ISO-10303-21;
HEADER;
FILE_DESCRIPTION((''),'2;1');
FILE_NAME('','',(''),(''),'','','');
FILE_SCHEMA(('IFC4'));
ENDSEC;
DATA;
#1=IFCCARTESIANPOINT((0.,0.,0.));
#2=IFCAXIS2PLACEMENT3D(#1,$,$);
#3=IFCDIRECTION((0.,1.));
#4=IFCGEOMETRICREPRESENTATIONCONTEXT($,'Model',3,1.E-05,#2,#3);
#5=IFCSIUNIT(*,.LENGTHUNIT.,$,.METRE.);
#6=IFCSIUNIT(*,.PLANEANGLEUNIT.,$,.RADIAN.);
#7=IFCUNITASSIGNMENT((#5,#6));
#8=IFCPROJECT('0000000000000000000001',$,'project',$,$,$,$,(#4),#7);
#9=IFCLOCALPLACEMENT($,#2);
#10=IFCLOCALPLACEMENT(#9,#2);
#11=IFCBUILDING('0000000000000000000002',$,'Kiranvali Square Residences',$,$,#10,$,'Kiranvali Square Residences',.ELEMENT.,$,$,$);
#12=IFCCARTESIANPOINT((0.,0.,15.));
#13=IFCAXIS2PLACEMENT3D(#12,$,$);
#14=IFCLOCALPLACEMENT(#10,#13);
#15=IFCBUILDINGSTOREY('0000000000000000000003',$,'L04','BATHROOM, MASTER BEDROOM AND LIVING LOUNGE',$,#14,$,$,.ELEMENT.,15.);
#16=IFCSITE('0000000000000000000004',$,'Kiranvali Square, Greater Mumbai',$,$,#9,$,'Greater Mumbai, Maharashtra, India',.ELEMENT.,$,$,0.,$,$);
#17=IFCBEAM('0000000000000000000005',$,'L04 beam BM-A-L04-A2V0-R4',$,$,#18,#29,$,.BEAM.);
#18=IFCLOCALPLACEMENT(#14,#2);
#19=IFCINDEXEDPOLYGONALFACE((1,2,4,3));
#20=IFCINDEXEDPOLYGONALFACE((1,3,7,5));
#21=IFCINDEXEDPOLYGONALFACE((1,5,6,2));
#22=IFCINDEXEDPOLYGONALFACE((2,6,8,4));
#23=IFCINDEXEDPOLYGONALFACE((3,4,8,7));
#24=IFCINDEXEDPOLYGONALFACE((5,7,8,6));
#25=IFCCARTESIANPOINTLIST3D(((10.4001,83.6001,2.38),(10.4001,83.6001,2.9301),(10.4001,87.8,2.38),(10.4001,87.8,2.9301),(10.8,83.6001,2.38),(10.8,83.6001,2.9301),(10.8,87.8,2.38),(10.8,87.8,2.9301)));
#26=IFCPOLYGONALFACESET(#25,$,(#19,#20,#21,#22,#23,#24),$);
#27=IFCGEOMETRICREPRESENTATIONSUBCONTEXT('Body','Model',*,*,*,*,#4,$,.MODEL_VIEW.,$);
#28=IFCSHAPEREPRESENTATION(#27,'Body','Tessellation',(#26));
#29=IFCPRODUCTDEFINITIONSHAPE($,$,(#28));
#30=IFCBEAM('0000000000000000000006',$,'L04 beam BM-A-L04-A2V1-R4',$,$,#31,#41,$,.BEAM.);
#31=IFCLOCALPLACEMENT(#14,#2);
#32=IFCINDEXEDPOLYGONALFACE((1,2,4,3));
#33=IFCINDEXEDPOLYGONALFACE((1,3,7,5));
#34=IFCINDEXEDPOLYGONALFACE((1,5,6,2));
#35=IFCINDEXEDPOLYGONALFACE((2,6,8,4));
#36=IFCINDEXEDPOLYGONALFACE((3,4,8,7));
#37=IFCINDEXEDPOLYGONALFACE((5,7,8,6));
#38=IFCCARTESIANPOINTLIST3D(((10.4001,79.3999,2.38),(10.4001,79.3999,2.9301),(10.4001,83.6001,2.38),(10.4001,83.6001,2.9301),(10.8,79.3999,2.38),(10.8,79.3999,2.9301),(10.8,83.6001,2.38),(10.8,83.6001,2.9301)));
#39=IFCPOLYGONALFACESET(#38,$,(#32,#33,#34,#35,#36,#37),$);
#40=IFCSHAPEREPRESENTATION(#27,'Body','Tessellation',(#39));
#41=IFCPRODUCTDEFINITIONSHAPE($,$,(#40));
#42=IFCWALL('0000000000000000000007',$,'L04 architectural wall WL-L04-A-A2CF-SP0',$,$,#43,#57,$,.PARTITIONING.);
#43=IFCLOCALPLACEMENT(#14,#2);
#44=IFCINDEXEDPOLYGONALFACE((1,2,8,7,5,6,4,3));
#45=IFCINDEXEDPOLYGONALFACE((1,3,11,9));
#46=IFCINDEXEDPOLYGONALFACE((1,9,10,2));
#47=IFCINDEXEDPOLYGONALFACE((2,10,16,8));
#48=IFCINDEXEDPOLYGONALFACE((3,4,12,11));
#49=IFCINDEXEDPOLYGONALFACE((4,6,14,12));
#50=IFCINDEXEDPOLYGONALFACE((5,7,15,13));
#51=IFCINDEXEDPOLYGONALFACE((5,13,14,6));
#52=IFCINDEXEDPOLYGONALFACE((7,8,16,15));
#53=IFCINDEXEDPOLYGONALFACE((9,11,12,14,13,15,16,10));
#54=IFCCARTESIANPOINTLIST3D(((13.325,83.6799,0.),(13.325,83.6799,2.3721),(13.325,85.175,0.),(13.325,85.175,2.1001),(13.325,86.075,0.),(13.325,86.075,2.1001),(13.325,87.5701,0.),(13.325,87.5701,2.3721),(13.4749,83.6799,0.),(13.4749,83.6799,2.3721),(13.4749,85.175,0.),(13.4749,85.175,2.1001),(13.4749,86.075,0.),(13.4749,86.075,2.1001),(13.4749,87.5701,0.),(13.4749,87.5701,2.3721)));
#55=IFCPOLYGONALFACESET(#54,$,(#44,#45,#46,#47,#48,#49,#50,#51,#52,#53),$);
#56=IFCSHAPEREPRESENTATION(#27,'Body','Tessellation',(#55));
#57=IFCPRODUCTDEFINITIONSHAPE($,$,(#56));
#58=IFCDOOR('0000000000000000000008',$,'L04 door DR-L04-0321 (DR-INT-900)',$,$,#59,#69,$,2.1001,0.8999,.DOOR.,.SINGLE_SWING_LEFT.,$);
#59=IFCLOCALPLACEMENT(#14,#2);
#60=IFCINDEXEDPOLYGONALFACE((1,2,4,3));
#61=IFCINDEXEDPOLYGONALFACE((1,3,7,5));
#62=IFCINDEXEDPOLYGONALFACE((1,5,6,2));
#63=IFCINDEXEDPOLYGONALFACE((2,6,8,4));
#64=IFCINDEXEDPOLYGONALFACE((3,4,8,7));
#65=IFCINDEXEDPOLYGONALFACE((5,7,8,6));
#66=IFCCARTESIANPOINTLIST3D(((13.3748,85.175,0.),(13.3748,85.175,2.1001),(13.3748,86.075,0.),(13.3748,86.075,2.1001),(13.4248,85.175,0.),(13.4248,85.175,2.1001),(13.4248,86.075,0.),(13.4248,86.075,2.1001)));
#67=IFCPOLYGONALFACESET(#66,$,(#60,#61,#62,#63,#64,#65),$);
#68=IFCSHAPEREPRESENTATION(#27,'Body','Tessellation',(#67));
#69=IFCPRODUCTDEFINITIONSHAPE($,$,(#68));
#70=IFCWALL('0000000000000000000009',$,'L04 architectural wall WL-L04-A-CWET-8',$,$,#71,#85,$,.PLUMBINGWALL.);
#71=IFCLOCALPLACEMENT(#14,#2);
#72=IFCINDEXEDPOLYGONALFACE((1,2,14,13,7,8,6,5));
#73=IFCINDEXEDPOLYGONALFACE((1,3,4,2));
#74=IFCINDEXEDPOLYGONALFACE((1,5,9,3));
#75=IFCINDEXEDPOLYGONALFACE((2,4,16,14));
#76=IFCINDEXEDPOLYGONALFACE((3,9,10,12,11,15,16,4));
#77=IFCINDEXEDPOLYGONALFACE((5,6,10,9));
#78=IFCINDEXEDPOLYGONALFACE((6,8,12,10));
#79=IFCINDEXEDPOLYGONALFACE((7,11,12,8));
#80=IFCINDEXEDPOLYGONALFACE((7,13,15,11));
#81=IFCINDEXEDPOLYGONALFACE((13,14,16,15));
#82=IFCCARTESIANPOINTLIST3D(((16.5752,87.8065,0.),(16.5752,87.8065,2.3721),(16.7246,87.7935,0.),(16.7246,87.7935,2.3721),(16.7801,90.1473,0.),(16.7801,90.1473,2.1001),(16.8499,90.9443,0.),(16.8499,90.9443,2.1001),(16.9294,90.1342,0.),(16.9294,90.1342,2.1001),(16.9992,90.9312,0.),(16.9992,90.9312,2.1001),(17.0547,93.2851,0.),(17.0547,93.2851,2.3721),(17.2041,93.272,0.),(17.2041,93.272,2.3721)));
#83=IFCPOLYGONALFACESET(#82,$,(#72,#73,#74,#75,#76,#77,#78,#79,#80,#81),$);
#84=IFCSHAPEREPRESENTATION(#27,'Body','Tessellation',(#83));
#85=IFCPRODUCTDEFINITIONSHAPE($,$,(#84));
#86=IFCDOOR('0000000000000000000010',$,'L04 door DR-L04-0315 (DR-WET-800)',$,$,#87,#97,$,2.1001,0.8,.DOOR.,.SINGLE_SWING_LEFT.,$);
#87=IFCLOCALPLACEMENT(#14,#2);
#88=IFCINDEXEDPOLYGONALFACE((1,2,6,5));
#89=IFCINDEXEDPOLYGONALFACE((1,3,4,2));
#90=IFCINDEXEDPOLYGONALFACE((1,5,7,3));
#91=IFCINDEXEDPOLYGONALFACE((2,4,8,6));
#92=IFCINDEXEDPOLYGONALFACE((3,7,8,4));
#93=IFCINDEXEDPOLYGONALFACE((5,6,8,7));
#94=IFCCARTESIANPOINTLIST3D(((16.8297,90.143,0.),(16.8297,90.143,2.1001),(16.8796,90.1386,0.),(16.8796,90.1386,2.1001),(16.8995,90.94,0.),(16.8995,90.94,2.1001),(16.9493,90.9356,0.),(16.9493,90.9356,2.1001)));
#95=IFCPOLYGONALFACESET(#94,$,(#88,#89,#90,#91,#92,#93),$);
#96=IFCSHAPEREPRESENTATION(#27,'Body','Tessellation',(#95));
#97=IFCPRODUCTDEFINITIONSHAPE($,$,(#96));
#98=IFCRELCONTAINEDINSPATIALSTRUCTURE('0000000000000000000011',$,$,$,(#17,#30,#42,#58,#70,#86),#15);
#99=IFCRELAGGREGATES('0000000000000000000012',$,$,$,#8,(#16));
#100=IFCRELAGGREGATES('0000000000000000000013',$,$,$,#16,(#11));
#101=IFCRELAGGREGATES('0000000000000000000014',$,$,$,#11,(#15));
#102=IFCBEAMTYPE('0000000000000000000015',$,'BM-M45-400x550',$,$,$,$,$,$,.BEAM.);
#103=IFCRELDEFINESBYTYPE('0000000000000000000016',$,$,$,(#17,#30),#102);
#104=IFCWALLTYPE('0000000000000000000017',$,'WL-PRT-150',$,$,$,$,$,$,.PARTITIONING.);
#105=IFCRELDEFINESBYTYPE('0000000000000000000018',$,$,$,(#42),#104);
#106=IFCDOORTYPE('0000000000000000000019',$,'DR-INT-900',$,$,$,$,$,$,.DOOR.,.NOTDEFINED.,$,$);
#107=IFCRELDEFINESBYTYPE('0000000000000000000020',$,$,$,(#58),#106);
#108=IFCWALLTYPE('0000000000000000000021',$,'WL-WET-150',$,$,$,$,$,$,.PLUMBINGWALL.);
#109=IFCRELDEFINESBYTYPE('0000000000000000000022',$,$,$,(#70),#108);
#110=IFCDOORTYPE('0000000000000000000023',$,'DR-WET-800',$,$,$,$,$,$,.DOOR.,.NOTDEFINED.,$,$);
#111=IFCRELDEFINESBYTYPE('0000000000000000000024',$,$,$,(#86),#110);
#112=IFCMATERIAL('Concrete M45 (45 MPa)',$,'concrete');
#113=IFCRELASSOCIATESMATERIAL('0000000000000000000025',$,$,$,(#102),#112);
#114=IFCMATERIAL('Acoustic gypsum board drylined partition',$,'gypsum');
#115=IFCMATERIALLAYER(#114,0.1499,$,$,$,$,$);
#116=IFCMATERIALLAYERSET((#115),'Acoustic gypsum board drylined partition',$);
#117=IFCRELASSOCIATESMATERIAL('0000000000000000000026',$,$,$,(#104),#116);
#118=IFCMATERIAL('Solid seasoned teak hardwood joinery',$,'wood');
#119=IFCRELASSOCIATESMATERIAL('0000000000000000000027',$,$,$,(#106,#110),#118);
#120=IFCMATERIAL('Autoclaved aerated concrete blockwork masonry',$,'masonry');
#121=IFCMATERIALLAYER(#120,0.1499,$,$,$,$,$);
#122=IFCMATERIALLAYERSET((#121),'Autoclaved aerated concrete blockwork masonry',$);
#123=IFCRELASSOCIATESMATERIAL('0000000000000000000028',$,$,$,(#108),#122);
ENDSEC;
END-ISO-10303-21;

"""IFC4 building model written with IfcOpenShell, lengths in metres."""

from ifc_helpers import new_model, si_unit, direction, frame, frame_2d, origin, origin_2d, place, context, subcontext, project, spatial, rectangle, extrude, material, layer, layer_set, material_profile, profile_set, type_object, element, fill, save


model = new_model("IFC4")

# Units and contexts
model_context = context("Model", 3, precision=1e-05, world=origin(), true_north=direction((0.0, 1.0)))
body_context = subcontext(model_context, "Body", "Model", "MODEL_VIEW")
ifc_project = project(units=[si_unit("LENGTHUNIT", "METRE"), si_unit("PLANEANGLEUNIT", "RADIAN")], contexts=[model_context])

# Site, building, storey
site_placement = place(None, origin())
site = spatial("IfcSite", under=ifc_project, at=site_placement, Name="Kiranvali Square, Greater Mumbai", LongName="Greater Mumbai, Maharashtra, India", CompositionType="ELEMENT", RefElevation=0.0)
building_placement = place(site_placement, origin())
building = spatial("IfcBuilding", under=site, at=building_placement, Name="Kiranvali Square Residences", LongName="Kiranvali Square Residences", CompositionType="ELEMENT")
storey_placement = place(building_placement, frame((0.0, 0.0, 15.0)))
storey = spatial("IfcBuildingStorey", under=building, at=storey_placement, Name="L04", Description="BATHROOM, MASTER BEDROOM AND LIVING LOUNGE", CompositionType="ELEMENT", Elevation=15.0)

# Beams
ifc_material_1 = material(Name="Concrete M45 (45 MPa)", Category="concrete")
ifc_material_profile_1 = material_profile(ifc_material_1, rectangle(XDim=0.3999, YDim=0.55, at=origin_2d()), Name="RC 400x550")
ifc_profile_set_1 = profile_set([ifc_material_profile_1], Name="Concrete M45 (45 MPa)")
beam_type_1 = type_object("IfcBeamType", Name="BM-M45-400x550", PredefinedType="BEAM", material=ifc_profile_set_1)
beam_1_placement = place(storey_placement, frame((10.6001, 87.8, 2.655), z_axis=(0.0, -1.0, 0.0), x_axis=(1.0, 0.0, 0.0)))
element("IfcBeam", 1, at=beam_1_placement, inside=storey, type_object=beam_type_1, Name="L04 beam BM-A-L04-A2V0-R4", PredefinedType="BEAM", context=body_context, shape_type="SweptSolid", body=[
    extrude(rectangle(XDim=0.3999, YDim=0.55, at=origin_2d()), origin(), (0.0, 0.0, 1.0), 4.2),
])
beam_2_placement = place(storey_placement, frame((10.6001, 83.6001, 2.655), z_axis=(0.0, -1.0, 0.0), x_axis=(1.0, 0.0, 0.0)))
element("IfcBeam", 2, at=beam_2_placement, inside=storey, type_object=beam_type_1, Name="L04 beam BM-A-L04-A2V1-R4", PredefinedType="BEAM", context=body_context, shape_type="SweptSolid", body=[
    extrude(rectangle(XDim=0.3999, YDim=0.55, at=origin_2d()), origin(), (0.0, 0.0, 1.0), 4.2002),
])

# Walls, openings, doors
ifc_material_2 = material(Name="Acoustic gypsum board drylined partition", Category="gypsum")
ifc_layer_1 = layer(ifc_material_2, 0.1499)
ifc_layer_set_1 = layer_set([ifc_layer_1], Name="Acoustic gypsum board drylined partition")
wall_type_1 = type_object("IfcWallType", Name="WL-PRT-150", PredefinedType="PARTITIONING", material=ifc_layer_set_1)
wall_1_placement = place(storey_placement, frame((13.3999, 87.5701, 0.0), z_axis=(0.0, 0.0, 1.0), x_axis=(0.0, -1.0, 0.0)))
wall_1 = element("IfcWall", 3, at=wall_1_placement, inside=storey, type_object=wall_type_1, Name="L04 architectural wall WL-L04-A-A2CF-SP0", PredefinedType="PARTITIONING", context=body_context, shape_type="SweptSolid", body=[
    extrude(rectangle(XDim=3.8901, YDim=0.1499, at=frame_2d((1.9451, 0.0))), origin(), (0.0, 0.0, 1.0), 2.3721),
])
opening_1_placement = place(wall_1_placement, frame((1.4951, 0.0, 0.0)))
opening_1 = element("IfcOpeningElement", 4, at=opening_1_placement, cuts=wall_1, PredefinedType="OPENING", context=body_context, shape_type="SweptSolid", body=[
    extrude(rectangle(XDim=0.8999, YDim=2.1001, at=frame_2d((0.45, 1.05))), frame((0.0, 0.085, 0.0), z_axis=(0.0, -1.0, 0.0), x_axis=(1.0, 0.0, 0.0)), (0.0, 0.0, 1.0), 0.1699),
])
ifc_material_3 = material(Name="Solid seasoned teak hardwood joinery", Category="wood")
door_type_1 = type_object("IfcDoorType", Name="DR-INT-900", OperationType="NOTDEFINED", PredefinedType="DOOR", material=ifc_material_3)
door_1_placement = place(opening_1_placement, origin())
door_1 = element("IfcDoor", 5, at=door_1_placement, inside=storey, type_object=door_type_1, Name="L04 door DR-L04-0321 (DR-INT-900)", OperationType="SINGLE_SWING_LEFT", OverallHeight=2.1001, OverallWidth=0.8999, PredefinedType="DOOR", context=body_context, shape_type="SweptSolid", body=[
    extrude(rectangle(XDim=0.8999, YDim=2.1001, at=frame_2d((0.45, 1.05))), frame((0.0, 0.0249, 0.0), z_axis=(0.0, -1.0, 0.0), x_axis=(1.0, 0.0, 0.0)), (0.0, 0.0, 1.0), 0.05),
])
fill(opening_1, door_1)
ifc_material_4 = material(Name="Autoclaved aerated concrete blockwork masonry", Category="masonry")
ifc_layer_2 = layer(ifc_material_4, 0.1499)
ifc_layer_set_2 = layer_set([ifc_layer_2], Name="Autoclaved aerated concrete blockwork masonry")
wall_type_2 = type_object("IfcWallType", Name="WL-WET-150", PredefinedType="PLUMBINGWALL", material=ifc_layer_set_2)
wall_2_placement = place(storey_placement, frame((17.1294, 93.2786, 0.0), z_axis=(0.0, 0.0, 1.0), x_axis=(-0.087189, -0.996192, 0.0)))
wall_2 = element("IfcWall", 6, at=wall_2_placement, inside=storey, type_object=wall_type_2, Name="L04 architectural wall WL-L04-A-CWET-8", PredefinedType="PLUMBINGWALL", context=body_context, shape_type="SweptSolid", body=[
    extrude(rectangle(XDim=5.4995, YDim=0.1499, at=frame_2d((2.7498, 0.0))), origin(), (0.0, 0.0, 1.0), 2.3721),
])
opening_2_placement = place(wall_2_placement, frame((2.3499, 0.0, 0.0)))
opening_2 = element("IfcOpeningElement", 7, at=opening_2_placement, cuts=wall_2, PredefinedType="OPENING", context=body_context, shape_type="SweptSolid", body=[
    extrude(rectangle(XDim=0.8, YDim=2.1001, at=frame_2d((0.3999, 1.05))), frame((0.0, 0.085, 0.0), z_axis=(0.0, -1.0, 0.0), x_axis=(1.0, 0.0, 0.0)), (0.0, 0.0, 1.0), 0.1699),
])
door_type_2 = type_object("IfcDoorType", Name="DR-WET-800", OperationType="NOTDEFINED", PredefinedType="DOOR", material=ifc_material_3)
door_2_placement = place(opening_2_placement, origin())
door_2 = element("IfcDoor", 8, at=door_2_placement, inside=storey, type_object=door_type_2, Name="L04 door DR-L04-0315 (DR-WET-800)", OperationType="SINGLE_SWING_LEFT", OverallHeight=2.1001, OverallWidth=0.8, PredefinedType="DOOR", context=body_context, shape_type="SweptSolid", body=[
    extrude(rectangle(XDim=0.8, YDim=2.1001, at=frame_2d((0.3999, 1.05))), frame((0.0, 0.0249, 0.0), z_axis=(0.0, -1.0, 0.0), x_axis=(1.0, 0.0, 0.0)), (0.0, 0.0, 1.0), 0.05),
])
fill(opening_2, door_2)

save(model, "model.ifc")
